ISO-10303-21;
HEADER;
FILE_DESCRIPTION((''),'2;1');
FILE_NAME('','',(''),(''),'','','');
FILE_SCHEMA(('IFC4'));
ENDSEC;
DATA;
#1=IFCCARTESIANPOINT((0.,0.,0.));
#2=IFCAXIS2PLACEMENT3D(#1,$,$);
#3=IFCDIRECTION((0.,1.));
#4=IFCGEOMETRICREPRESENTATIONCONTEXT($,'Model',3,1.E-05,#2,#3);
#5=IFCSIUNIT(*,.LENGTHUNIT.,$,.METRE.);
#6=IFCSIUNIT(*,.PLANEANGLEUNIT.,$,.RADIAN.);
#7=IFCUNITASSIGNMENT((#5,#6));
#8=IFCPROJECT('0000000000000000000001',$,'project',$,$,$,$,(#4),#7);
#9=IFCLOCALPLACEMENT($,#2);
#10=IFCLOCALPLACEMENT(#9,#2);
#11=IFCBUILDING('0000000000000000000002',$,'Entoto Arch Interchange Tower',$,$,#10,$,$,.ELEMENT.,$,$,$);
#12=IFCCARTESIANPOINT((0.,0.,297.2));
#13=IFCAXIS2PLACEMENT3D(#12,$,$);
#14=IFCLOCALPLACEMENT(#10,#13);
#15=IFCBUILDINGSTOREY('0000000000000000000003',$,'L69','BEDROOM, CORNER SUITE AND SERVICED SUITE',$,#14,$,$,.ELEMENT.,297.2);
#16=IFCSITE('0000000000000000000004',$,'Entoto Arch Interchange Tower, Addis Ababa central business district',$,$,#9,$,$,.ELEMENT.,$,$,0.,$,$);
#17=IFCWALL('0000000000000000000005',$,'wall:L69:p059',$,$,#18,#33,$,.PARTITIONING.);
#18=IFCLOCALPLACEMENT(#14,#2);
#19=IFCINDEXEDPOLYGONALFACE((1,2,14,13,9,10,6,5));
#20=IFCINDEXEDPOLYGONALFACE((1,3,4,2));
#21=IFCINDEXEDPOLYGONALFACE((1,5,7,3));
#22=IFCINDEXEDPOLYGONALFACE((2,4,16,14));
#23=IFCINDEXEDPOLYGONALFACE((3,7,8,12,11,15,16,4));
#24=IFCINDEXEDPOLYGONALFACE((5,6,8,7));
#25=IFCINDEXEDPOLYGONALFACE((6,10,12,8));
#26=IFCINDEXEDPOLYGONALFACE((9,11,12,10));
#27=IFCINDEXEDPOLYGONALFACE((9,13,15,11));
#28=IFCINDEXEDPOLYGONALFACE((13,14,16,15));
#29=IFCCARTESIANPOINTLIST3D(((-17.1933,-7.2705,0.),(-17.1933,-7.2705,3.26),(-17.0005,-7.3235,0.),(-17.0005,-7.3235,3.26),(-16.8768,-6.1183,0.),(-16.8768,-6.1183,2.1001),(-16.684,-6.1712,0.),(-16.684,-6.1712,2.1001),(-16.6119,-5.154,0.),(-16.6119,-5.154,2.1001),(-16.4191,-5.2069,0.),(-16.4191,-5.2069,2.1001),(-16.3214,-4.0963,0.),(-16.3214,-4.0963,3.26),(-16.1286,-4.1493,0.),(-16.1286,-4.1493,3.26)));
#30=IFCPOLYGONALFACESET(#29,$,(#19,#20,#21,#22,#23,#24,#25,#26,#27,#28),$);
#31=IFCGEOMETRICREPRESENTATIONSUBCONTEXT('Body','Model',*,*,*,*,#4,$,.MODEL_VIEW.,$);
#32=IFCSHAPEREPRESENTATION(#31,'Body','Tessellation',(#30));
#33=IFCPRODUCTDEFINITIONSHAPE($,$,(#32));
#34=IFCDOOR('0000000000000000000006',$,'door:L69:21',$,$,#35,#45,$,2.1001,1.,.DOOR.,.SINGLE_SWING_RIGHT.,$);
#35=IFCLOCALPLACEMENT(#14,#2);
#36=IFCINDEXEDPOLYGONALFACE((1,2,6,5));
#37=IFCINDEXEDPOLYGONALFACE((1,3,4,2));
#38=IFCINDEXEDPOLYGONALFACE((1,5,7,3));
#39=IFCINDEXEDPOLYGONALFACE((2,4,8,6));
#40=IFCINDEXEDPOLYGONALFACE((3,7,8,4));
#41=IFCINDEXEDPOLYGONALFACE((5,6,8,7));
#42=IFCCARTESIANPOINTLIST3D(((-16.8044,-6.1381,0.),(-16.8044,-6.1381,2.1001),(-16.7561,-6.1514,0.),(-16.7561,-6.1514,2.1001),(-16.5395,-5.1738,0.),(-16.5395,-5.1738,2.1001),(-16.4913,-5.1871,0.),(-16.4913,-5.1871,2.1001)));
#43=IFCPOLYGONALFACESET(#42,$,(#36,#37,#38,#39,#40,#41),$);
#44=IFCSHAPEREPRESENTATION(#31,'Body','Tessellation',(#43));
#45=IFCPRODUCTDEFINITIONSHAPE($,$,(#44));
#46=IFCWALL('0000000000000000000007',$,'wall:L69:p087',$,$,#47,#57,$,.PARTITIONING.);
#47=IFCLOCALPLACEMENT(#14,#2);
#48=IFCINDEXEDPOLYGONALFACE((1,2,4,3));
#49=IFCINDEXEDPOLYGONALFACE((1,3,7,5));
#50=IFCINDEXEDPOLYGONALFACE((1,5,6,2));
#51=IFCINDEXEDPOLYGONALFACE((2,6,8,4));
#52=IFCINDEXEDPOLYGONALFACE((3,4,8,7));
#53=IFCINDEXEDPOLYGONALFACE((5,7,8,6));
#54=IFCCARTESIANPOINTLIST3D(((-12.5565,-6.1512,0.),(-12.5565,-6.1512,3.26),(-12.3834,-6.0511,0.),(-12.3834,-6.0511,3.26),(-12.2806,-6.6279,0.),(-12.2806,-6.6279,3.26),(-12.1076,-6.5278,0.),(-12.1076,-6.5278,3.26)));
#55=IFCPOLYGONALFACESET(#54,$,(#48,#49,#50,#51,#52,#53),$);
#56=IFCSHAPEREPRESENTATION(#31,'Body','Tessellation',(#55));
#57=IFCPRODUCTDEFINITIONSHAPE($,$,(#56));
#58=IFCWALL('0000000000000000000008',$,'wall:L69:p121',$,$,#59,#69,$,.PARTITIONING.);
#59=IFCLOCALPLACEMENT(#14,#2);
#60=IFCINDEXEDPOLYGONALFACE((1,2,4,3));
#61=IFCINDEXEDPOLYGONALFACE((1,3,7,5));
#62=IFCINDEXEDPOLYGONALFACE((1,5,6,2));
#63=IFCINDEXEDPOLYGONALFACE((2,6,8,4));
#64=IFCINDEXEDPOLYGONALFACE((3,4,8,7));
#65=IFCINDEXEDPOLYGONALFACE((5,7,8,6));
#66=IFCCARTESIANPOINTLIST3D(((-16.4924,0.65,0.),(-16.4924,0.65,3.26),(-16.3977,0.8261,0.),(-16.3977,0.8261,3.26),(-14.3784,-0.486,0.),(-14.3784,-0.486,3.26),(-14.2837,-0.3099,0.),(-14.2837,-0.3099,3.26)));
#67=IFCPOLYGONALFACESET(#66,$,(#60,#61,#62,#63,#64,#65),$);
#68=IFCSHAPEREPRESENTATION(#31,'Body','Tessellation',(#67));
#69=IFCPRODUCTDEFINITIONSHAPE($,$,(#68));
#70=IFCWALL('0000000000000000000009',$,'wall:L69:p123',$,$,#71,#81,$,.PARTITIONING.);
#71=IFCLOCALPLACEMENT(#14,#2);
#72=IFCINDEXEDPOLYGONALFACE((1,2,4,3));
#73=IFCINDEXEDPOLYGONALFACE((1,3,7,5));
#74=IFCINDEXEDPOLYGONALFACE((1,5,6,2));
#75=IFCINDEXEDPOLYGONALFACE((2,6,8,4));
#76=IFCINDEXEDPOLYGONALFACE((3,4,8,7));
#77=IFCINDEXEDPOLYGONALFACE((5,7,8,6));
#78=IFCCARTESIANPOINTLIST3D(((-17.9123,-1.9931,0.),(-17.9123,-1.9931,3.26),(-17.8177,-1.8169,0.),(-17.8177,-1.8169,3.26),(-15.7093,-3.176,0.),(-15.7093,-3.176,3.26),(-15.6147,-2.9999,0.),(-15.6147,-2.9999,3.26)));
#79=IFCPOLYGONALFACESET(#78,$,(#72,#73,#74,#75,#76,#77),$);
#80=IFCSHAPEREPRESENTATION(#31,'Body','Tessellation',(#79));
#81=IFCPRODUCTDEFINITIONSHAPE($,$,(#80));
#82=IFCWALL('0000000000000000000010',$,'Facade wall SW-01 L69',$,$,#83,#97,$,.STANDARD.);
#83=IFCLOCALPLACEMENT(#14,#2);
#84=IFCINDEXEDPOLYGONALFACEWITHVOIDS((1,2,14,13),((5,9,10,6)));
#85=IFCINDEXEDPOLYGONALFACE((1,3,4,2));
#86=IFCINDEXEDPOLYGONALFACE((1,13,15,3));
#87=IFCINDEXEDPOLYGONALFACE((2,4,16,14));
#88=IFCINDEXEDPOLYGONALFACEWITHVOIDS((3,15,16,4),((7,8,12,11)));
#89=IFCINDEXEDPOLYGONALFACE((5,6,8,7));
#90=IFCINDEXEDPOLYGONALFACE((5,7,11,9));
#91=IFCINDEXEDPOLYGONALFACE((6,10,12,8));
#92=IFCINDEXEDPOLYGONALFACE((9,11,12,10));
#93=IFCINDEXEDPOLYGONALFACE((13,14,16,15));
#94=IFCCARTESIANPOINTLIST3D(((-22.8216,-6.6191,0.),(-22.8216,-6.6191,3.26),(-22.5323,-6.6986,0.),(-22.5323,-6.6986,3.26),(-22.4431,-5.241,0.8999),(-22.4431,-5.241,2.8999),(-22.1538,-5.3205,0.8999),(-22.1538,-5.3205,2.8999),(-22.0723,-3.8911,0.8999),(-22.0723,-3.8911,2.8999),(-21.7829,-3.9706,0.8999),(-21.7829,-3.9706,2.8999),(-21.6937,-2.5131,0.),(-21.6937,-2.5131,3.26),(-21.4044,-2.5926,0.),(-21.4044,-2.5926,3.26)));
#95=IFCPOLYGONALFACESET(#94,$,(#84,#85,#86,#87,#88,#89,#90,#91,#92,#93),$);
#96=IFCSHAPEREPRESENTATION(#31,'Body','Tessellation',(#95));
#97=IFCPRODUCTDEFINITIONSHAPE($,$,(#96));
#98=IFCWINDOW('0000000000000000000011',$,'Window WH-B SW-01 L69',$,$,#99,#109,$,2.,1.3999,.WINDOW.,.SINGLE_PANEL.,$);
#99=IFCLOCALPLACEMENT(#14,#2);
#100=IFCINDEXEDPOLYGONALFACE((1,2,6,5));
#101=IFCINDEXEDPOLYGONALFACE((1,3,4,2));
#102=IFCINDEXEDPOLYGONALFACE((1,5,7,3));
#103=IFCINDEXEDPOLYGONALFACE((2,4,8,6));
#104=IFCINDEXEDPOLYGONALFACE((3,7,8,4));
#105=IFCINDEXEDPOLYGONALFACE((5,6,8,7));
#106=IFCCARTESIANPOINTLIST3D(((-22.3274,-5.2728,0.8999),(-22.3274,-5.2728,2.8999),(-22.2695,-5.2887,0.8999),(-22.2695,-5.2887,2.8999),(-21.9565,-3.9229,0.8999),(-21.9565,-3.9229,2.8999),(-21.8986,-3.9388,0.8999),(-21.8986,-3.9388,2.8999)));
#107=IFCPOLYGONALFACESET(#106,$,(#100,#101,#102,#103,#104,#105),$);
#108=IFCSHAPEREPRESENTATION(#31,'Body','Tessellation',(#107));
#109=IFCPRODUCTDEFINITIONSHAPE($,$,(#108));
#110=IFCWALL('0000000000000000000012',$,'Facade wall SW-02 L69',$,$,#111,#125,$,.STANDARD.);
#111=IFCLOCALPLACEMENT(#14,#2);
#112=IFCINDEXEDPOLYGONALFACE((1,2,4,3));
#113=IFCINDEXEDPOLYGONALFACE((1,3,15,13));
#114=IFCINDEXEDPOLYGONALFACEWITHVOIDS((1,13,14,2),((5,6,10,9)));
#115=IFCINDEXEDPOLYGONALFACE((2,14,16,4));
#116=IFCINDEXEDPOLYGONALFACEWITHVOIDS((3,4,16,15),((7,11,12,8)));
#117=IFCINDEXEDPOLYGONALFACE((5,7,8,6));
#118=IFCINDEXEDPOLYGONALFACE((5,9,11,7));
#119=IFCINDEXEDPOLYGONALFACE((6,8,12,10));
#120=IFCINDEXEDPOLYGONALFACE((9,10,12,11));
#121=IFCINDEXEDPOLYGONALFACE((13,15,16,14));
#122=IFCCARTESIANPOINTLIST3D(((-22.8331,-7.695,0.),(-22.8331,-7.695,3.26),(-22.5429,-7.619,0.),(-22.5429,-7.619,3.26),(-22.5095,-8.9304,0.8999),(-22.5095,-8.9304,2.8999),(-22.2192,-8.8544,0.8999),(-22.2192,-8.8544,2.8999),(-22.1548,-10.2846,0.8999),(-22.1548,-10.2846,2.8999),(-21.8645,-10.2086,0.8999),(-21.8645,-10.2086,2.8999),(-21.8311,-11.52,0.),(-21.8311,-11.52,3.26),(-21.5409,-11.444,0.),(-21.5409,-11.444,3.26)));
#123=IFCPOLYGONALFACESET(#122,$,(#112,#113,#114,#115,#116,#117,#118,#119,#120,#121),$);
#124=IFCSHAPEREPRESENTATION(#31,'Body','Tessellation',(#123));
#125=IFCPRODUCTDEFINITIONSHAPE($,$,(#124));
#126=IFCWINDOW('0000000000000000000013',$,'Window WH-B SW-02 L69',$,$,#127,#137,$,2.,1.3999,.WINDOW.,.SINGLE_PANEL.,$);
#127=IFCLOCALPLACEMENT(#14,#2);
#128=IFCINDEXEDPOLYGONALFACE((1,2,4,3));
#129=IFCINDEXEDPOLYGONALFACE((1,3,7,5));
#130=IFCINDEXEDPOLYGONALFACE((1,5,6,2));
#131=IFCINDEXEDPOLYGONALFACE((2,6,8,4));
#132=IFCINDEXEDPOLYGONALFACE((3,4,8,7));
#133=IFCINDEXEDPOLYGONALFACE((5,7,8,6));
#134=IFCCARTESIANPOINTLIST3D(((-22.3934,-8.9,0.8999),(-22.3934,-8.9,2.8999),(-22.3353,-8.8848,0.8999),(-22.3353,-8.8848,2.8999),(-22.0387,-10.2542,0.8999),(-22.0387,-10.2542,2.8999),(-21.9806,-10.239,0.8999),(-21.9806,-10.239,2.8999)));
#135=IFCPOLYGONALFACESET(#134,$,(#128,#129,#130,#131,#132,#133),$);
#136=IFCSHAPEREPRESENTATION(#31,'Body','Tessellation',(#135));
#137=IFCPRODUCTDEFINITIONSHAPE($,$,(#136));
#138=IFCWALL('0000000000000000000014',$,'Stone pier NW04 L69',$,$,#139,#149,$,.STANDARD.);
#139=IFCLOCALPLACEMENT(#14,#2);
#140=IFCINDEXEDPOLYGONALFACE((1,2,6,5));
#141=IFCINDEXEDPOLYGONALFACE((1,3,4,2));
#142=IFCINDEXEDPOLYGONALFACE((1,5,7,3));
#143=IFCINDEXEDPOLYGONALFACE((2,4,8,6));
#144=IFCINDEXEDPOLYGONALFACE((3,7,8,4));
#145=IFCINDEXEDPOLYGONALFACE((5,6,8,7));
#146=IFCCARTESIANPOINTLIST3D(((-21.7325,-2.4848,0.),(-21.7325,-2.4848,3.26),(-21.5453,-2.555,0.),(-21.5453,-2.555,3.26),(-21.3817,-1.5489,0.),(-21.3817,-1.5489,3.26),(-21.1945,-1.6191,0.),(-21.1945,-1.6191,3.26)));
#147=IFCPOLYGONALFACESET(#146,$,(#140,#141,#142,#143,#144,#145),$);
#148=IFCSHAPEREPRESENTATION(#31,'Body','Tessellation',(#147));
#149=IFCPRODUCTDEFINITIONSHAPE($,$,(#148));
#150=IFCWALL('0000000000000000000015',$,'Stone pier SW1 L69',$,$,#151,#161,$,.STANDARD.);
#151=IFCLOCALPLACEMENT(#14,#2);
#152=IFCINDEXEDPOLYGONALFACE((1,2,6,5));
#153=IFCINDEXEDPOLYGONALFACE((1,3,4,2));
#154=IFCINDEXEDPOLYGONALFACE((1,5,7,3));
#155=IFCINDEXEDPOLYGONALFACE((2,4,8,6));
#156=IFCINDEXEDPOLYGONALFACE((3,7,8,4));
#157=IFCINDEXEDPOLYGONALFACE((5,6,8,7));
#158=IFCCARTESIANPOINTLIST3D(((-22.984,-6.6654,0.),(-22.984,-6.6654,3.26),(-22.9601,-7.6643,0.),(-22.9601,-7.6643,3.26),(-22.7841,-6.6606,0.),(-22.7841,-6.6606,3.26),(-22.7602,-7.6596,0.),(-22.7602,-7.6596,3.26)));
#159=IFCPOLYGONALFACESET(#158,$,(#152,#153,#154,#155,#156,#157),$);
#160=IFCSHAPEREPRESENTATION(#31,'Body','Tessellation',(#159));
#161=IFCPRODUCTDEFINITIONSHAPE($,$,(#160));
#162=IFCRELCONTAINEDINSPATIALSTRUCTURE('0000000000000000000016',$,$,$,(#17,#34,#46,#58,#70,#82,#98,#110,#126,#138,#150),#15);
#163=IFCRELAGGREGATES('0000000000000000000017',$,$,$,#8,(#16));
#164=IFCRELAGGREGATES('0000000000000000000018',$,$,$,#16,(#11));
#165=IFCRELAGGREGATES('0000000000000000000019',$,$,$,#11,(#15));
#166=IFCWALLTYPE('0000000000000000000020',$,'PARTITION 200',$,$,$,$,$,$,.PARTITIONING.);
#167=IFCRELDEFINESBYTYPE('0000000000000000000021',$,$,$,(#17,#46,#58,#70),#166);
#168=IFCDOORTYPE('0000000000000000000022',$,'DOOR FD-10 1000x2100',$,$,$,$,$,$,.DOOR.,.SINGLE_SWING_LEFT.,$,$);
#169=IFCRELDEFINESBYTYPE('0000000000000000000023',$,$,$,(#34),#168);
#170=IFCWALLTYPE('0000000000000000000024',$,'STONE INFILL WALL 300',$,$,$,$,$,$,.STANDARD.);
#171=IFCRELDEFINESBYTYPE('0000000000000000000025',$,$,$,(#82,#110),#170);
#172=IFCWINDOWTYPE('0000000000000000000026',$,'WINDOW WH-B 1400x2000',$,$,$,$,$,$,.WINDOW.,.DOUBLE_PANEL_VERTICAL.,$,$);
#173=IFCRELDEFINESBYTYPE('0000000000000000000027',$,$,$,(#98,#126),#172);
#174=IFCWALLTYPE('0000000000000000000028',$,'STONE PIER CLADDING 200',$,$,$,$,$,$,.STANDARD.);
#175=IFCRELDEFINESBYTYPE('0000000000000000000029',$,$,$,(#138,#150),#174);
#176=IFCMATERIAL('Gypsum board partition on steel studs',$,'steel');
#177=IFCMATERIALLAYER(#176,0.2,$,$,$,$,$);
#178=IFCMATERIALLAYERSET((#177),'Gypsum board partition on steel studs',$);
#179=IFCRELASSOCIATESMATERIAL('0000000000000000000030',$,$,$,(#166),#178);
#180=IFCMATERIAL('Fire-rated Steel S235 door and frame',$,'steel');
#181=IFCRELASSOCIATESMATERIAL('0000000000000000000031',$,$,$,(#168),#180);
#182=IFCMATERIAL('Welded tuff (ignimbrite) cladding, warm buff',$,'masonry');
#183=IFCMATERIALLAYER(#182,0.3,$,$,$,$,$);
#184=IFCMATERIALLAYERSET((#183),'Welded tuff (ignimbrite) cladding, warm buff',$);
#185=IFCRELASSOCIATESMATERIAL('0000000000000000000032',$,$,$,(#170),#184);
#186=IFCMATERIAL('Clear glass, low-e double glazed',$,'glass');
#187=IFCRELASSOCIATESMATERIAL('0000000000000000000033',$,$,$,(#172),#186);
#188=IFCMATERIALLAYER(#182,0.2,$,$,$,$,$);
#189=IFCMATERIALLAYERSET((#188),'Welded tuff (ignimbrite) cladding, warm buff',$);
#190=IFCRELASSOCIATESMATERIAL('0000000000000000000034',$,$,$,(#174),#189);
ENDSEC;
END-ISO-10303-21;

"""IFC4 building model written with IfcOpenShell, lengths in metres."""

from ifc_helpers import new_model, si_unit, direction, frame, frame_2d, origin, place, context, subcontext, project, spatial, rectangle, extrude, material, layer, layer_set, type_object, element, fill, save


model = new_model("IFC4")

# Units and contexts
model_context = context("Model", 3, precision=1e-05, world=origin(), true_north=direction((0.0, 1.0)))
body_context = subcontext(model_context, "Body", "Model", "MODEL_VIEW")
ifc_project = project(units=[si_unit("LENGTHUNIT", "METRE"), si_unit("PLANEANGLEUNIT", "RADIAN")], contexts=[model_context])

# Site, building, storey
site_placement = place(None, origin())
site = spatial("IfcSite", under=ifc_project, at=site_placement, Name="Entoto Arch Interchange Tower, Addis Ababa central business district", CompositionType="ELEMENT", RefElevation=0.0)
building_placement = place(site_placement, origin())
building = spatial("IfcBuilding", under=site, at=building_placement, Name="Entoto Arch Interchange Tower", CompositionType="ELEMENT")
storey_placement = place(building_placement, frame((0.0, 0.0, 297.2)))
storey = spatial("IfcBuildingStorey", under=building, at=storey_placement, Name="L69", Description="BEDROOM, CORNER SUITE AND SERVICED SUITE", CompositionType="ELEMENT", Elevation=297.2)

# Shared definitions
ifc_material_1 = material(Name="Gypsum board partition on steel studs", Category="steel")
ifc_layer_1 = layer(ifc_material_1, 0.2)
ifc_layer_set_1 = layer_set([ifc_layer_1], Name="Gypsum board partition on steel studs")
wall_type_1 = type_object("IfcWallType", Name="PARTITION 200", PredefinedType="PARTITIONING", material=ifc_layer_set_1)

# Wall, opening, door
wall_1_placement = place(storey_placement, frame((-17.0969, -7.2971, 0.0), z_axis=(0.0, 0.0, 1.0), x_axis=(0.264862, 0.964286, 0.0)))
wall_1 = element("IfcWall", 1, at=wall_1_placement, inside=storey, type_object=wall_type_1, Name="wall:L69:p059", PredefinedType="PARTITIONING", context=body_context, shape_type="SweptSolid", body=[
    extrude(rectangle(XDim=3.2917, YDim=0.2, at=frame_2d((1.646, 0.0))), origin(), (0.0, 0.0, 1.0), 3.26),
])
opening_1_placement = place(wall_1_placement, frame((1.1951, 0.0, 0.0)))
opening_1 = element("IfcOpeningElement", 2, at=opening_1_placement, cuts=wall_1, PredefinedType="OPENING", context=body_context, shape_type="SweptSolid", body=[
    extrude(rectangle(XDim=1.0, YDim=2.1001, at=frame_2d((0.5, 1.05))), frame((0.0, 0.1099, 0.0), z_axis=(0.0, -1.0, 0.0), x_axis=(1.0, 0.0, 0.0)), (0.0, 0.0, 1.0), 0.22),
])
ifc_material_2 = material(Name="Fire-rated Steel S235 door and frame", Category="steel")
door_type_1 = type_object("IfcDoorType", Name="DOOR FD-10 1000x2100", OperationType="SINGLE_SWING_LEFT", PredefinedType="DOOR", material=ifc_material_2)
door_1_placement = place(opening_1_placement, origin())
door_1 = element("IfcDoor", 3, at=door_1_placement, inside=storey, type_object=door_type_1, Name="door:L69:21", OperationType="SINGLE_SWING_RIGHT", OverallHeight=2.1001, OverallWidth=1.0, PredefinedType="DOOR", context=body_context, shape_type="SweptSolid", body=[
    extrude(rectangle(XDim=1.0, YDim=2.1001, at=frame_2d((0.5, 1.05))), frame((0.0, 0.0249, 0.0), z_axis=(0.0, -1.0, 0.0), x_axis=(1.0, 0.0, 0.0)), (0.0, 0.0, 1.0), 0.05),
])
fill(opening_1, door_1)

# Walls
wall_2_placement = place(storey_placement, frame((-12.1941, -6.5779, 0.0), z_axis=(0.0, 0.0, 1.0), x_axis=(-0.500809, 0.865558, 0.0)))
element("IfcWall", 4, at=wall_2_placement, inside=storey, type_object=wall_type_1, Name="wall:L69:p087", PredefinedType="PARTITIONING", context=body_context, shape_type="SweptSolid", body=[
    extrude(rectangle(XDim=0.5508, YDim=0.2, at=frame_2d((0.2754, 0.0))), origin(), (0.0, 0.0, 1.0), 3.26),
])
wall_3_placement = place(storey_placement, frame((-14.3311, -0.3979, 0.0), z_axis=(0.0, 0.0, 1.0), x_axis=(-0.880876, 0.473347, 0.0)))
element("IfcWall", 5, at=wall_3_placement, inside=storey, type_object=wall_type_1, Name="wall:L69:p121", PredefinedType="PARTITIONING", context=body_context, shape_type="SweptSolid", body=[
    extrude(rectangle(XDim=2.3999, YDim=0.2, at=frame_2d((1.2, 0.0))), origin(), (0.0, 0.0, 1.0), 3.26),
])
wall_4_placement = place(storey_placement, frame((-17.865, -1.905, 0.0), z_axis=(0.0, 0.0, 1.0), x_axis=(0.881022, -0.473075, 0.0)))
element("IfcWall", 6, at=wall_4_placement, inside=storey, type_object=wall_type_1, Name="wall:L69:p123", PredefinedType="PARTITIONING", context=body_context, shape_type="SweptSolid", body=[
    extrude(rectangle(XDim=2.5005, YDim=0.2, at=frame_2d((1.2502, 0.0))), origin(), (0.0, 0.0, 1.0), 3.26),
])

# Walls, openings, windows
ifc_material_3 = material(Name="Welded tuff (ignimbrite) cladding, warm buff", Category="masonry")
ifc_layer_2 = layer(ifc_material_3, 0.3)
ifc_layer_set_2 = layer_set([ifc_layer_2], Name="Welded tuff (ignimbrite) cladding, warm buff")
wall_type_2 = type_object("IfcWallType", Name="STONE INFILL WALL 300", PredefinedType="STANDARD", material=ifc_layer_set_2)
wall_5_placement = place(storey_placement, frame((-21.5491, -2.553, 0.0), z_axis=(0.0, 0.0, 1.0), x_axis=(-0.264893, -0.964278, 0.0)))
wall_5 = element("IfcWall", 7, at=wall_5_placement, inside=storey, type_object=wall_type_2, Name="Facade wall SW-01 L69", PredefinedType="STANDARD", context=body_context, shape_type="SweptSolid", body=[
    extrude(rectangle(XDim=4.2581, YDim=0.3, at=frame_2d((2.1289, 0.0))), origin(), (0.0, 0.0, 1.0), 3.26),
])
opening_2_placement = place(wall_5_placement, frame((1.429, 0.0, 0.8999)))
opening_2 = element("IfcOpeningElement", 8, at=opening_2_placement, cuts=wall_5, PredefinedType="OPENING", context=body_context, shape_type="SweptSolid", body=[
    extrude(rectangle(XDim=1.3999, YDim=2.0, at=frame_2d((0.7, 1.0))), frame((0.0, 0.1602, 0.0), z_axis=(0.0, -1.0, 0.0), x_axis=(1.0, 0.0, 0.0)), (0.0, 0.0, 1.0), 0.3201),
])
ifc_material_4 = material(Name="Clear glass, low-e double glazed", Category="glass")
window_type = type_object("IfcWindowType", Name="WINDOW WH-B 1400x2000", PartitioningType="DOUBLE_PANEL_VERTICAL", PredefinedType="WINDOW", material=ifc_material_4)
window_1_placement = place(opening_2_placement, origin())
window_1 = element("IfcWindow", 9, at=window_1_placement, inside=storey, type_object=window_type, Name="Window WH-B SW-01 L69", OverallHeight=2.0, OverallWidth=1.3999, PartitioningType="SINGLE_PANEL", PredefinedType="WINDOW", context=body_context, shape_type="SweptSolid", body=[
    extrude(rectangle(XDim=1.3999, YDim=2.0, at=frame_2d((0.7, 1.0))), frame((0.0, 0.03, 0.0), z_axis=(0.0, -1.0, 0.0), x_axis=(1.0, 0.0, 0.0)), (0.0, 0.0, 1.0), 0.0601),
])
fill(opening_2, window_1)
wall_6_placement = place(storey_placement, frame((-22.688, -7.657, 0.0), z_axis=(0.0, 0.0, 1.0), x_axis=(0.253402, -0.967361, 0.0)))
wall_6 = element("IfcWall", 10, at=wall_6_placement, inside=storey, type_object=wall_type_2, Name="Facade wall SW-02 L69", PredefinedType="STANDARD", context=body_context, shape_type="SweptSolid", body=[
    extrude(rectangle(XDim=3.9541, YDim=0.3, at=frame_2d((1.9771, 0.0))), origin(), (0.0, 0.0, 1.0), 3.26),
])
opening_3_placement = place(wall_6_placement, frame((1.2771, 0.0, 0.8999)))
opening_3 = element("IfcOpeningElement", 11, at=opening_3_placement, cuts=wall_6, PredefinedType="OPENING", context=body_context, shape_type="SweptSolid", body=[
    extrude(rectangle(XDim=1.3999, YDim=2.0, at=frame_2d((0.7, 1.0))), frame((0.0, 0.1602, 0.0), z_axis=(0.0, -1.0, 0.0), x_axis=(1.0, 0.0, 0.0)), (0.0, 0.0, 1.0), 0.3201),
])
window_2_placement = place(opening_3_placement, origin())
window_2 = element("IfcWindow", 12, at=window_2_placement, inside=storey, type_object=window_type, Name="Window WH-B SW-02 L69", OverallHeight=2.0, OverallWidth=1.3999, PartitioningType="SINGLE_PANEL", PredefinedType="WINDOW", context=body_context, shape_type="SweptSolid", body=[
    extrude(rectangle(XDim=1.3999, YDim=2.0, at=frame_2d((0.7, 1.0))), frame((0.0, 0.03, 0.0), z_axis=(0.0, -1.0, 0.0), x_axis=(1.0, 0.0, 0.0)), (0.0, 0.0, 1.0), 0.0601),
])
fill(opening_3, window_2)

# Walls
ifc_layer_3 = layer(ifc_material_3, 0.2)
ifc_layer_set_3 = layer_set([ifc_layer_3], Name="Welded tuff (ignimbrite) cladding, warm buff")
wall_type_3 = type_object("IfcWallType", Name="STONE PIER CLADDING 200", PredefinedType="STANDARD", material=ifc_layer_set_3)
wall_7_placement = place(storey_placement, frame((-21.2881, -1.584, 0.0), z_axis=(0.0, 0.0, 1.0), x_axis=(-0.350963, -0.936389, 0.0)))
element("IfcWall", 13, at=wall_7_placement, inside=storey, type_object=wall_type_3, Name="Stone pier NW04 L69", PredefinedType="STANDARD", context=body_context, shape_type="SweptSolid", body=[
    extrude(rectangle(XDim=0.9995, YDim=0.2, at=frame_2d((0.4998, 0.0))), origin(), (0.0, 0.0, 1.0), 3.26),
])
wall_8_placement = place(storey_placement, frame((-22.884, -6.6631, 0.0), z_axis=(0.0, 0.0, 1.0), x_axis=(0.023942, -0.999713, 0.0)))
element("IfcWall", 14, at=wall_8_placement, inside=storey, type_object=wall_type_3, Name="Stone pier SW1 L69", PredefinedType="STANDARD", context=body_context, shape_type="SweptSolid", body=[
    extrude(rectangle(XDim=0.9993, YDim=0.2, at=frame_2d((0.4995, 0.0))), origin(), (0.0, 0.0, 1.0), 3.26),
])

save(model, "model.ifc")
